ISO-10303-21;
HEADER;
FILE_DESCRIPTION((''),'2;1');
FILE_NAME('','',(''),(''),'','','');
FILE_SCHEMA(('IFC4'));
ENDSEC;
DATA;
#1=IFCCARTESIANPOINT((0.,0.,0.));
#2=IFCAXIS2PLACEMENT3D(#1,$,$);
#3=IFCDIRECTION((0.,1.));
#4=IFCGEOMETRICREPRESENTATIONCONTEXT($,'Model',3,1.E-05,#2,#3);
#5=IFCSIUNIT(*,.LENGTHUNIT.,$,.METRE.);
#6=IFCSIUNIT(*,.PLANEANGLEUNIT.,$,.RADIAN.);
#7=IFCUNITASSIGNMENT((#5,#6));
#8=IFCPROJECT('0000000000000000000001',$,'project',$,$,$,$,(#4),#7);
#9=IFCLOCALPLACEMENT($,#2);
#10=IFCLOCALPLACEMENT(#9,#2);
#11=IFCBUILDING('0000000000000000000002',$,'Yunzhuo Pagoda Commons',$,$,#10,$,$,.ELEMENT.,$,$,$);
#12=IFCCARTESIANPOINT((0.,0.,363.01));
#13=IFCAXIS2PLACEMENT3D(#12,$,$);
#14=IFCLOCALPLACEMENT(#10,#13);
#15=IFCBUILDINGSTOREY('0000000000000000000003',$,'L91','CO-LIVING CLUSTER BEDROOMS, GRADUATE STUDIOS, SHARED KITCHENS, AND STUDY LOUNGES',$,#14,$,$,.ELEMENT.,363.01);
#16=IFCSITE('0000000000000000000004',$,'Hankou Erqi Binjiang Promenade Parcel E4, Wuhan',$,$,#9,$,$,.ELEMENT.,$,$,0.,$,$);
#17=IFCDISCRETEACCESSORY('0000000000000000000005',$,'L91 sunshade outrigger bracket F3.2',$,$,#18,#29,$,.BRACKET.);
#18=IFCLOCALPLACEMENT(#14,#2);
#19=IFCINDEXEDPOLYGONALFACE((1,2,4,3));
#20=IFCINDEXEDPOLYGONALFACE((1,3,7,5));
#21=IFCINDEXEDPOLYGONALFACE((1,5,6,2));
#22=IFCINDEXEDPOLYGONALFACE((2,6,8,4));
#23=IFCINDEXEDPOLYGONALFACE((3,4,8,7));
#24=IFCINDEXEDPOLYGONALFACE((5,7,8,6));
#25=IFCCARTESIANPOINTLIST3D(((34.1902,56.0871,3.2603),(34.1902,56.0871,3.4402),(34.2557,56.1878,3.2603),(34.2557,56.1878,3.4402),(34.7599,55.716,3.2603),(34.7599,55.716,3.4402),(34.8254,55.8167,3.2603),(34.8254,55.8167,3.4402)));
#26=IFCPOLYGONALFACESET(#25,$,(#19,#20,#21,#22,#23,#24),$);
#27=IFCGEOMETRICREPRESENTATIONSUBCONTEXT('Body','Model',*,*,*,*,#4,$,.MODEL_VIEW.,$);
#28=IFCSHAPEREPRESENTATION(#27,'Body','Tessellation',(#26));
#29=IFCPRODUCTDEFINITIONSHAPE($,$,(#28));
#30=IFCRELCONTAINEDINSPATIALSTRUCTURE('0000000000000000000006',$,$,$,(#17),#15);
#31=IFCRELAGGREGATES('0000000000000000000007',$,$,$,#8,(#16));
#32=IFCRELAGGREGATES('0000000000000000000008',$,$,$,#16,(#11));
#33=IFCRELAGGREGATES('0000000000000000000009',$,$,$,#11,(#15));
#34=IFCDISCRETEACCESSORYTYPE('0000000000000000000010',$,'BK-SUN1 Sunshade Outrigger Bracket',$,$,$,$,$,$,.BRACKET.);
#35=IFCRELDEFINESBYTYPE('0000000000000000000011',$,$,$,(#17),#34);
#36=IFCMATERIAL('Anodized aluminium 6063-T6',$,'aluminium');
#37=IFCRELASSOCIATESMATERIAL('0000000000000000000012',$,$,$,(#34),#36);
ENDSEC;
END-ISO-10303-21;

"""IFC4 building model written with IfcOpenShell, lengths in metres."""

from ifc_helpers import new_model, si_unit, direction, frame, origin, origin_2d, place, context, subcontext, project, spatial, rectangle, extrude, source, transform, mapped, material, type_object, element, save


model = new_model("IFC4")

# Units and contexts
model_context = context("Model", 3, precision=1e-05, world=origin(), true_north=direction((0.0, 1.0)))
body_context = subcontext(model_context, "Body", "Model", "MODEL_VIEW")
ifc_project = project(units=[si_unit("LENGTHUNIT", "METRE"), si_unit("PLANEANGLEUNIT", "RADIAN")], contexts=[model_context])

# Site, building, storey
site_placement = place(None, origin())
site = spatial("IfcSite", under=ifc_project, at=site_placement, Name="Hankou Erqi Binjiang Promenade Parcel E4, Wuhan", CompositionType="ELEMENT", RefElevation=0.0)
building_placement = place(site_placement, origin())
building = spatial("IfcBuilding", under=site, at=building_placement, Name="Yunzhuo Pagoda Commons", CompositionType="ELEMENT")
storey_placement = place(building_placement, frame((0.0, 0.0, 363.01)))
storey = spatial("IfcBuildingStorey", under=building, at=storey_placement, Name="L91", Description="CO-LIVING CLUSTER BEDROOMS, GRADUATE STUDIOS, SHARED KITCHENS, AND STUDY LOUNGES", CompositionType="ELEMENT", Elevation=363.01)

# Shared definitions
ifc_material_1 = material(Name="Anodized aluminium 6063-T6", Category="aluminium")

# Discrete accessory
discrete_accessory_type = type_object("IfcDiscreteAccessoryType", Name="BK-SUN1 Sunshade Outrigger Bracket", PredefinedType="BRACKET", material=ifc_material_1)
shared_shape_1 = source(origin(), body_context, "Body", "SweptSolid", [
    extrude(rectangle(XDim=0.1201, YDim=0.6799, at=origin_2d()), origin(), (0.0, 0.0, 1.0), 0.1799),
])
discrete_accessory_placement = place(storey_placement, frame((34.5078, 55.9519, 3.2603), z_axis=(0.0, 0.0, 1.0), x_axis=(-0.545839, -0.83789, 0.0)))
element("IfcDiscreteAccessory", 1, at=discrete_accessory_placement, inside=storey, type_object=discrete_accessory_type, Name="L91 sunshade outrigger bracket F3.2", PredefinedType="BRACKET", context=body_context, shape_type="MappedRepresentation", body=[
    mapped(shared_shape_1, transform((0.0, 0.0, 0.0), scale=1.0)),
])

save(model, "model.ifc")
